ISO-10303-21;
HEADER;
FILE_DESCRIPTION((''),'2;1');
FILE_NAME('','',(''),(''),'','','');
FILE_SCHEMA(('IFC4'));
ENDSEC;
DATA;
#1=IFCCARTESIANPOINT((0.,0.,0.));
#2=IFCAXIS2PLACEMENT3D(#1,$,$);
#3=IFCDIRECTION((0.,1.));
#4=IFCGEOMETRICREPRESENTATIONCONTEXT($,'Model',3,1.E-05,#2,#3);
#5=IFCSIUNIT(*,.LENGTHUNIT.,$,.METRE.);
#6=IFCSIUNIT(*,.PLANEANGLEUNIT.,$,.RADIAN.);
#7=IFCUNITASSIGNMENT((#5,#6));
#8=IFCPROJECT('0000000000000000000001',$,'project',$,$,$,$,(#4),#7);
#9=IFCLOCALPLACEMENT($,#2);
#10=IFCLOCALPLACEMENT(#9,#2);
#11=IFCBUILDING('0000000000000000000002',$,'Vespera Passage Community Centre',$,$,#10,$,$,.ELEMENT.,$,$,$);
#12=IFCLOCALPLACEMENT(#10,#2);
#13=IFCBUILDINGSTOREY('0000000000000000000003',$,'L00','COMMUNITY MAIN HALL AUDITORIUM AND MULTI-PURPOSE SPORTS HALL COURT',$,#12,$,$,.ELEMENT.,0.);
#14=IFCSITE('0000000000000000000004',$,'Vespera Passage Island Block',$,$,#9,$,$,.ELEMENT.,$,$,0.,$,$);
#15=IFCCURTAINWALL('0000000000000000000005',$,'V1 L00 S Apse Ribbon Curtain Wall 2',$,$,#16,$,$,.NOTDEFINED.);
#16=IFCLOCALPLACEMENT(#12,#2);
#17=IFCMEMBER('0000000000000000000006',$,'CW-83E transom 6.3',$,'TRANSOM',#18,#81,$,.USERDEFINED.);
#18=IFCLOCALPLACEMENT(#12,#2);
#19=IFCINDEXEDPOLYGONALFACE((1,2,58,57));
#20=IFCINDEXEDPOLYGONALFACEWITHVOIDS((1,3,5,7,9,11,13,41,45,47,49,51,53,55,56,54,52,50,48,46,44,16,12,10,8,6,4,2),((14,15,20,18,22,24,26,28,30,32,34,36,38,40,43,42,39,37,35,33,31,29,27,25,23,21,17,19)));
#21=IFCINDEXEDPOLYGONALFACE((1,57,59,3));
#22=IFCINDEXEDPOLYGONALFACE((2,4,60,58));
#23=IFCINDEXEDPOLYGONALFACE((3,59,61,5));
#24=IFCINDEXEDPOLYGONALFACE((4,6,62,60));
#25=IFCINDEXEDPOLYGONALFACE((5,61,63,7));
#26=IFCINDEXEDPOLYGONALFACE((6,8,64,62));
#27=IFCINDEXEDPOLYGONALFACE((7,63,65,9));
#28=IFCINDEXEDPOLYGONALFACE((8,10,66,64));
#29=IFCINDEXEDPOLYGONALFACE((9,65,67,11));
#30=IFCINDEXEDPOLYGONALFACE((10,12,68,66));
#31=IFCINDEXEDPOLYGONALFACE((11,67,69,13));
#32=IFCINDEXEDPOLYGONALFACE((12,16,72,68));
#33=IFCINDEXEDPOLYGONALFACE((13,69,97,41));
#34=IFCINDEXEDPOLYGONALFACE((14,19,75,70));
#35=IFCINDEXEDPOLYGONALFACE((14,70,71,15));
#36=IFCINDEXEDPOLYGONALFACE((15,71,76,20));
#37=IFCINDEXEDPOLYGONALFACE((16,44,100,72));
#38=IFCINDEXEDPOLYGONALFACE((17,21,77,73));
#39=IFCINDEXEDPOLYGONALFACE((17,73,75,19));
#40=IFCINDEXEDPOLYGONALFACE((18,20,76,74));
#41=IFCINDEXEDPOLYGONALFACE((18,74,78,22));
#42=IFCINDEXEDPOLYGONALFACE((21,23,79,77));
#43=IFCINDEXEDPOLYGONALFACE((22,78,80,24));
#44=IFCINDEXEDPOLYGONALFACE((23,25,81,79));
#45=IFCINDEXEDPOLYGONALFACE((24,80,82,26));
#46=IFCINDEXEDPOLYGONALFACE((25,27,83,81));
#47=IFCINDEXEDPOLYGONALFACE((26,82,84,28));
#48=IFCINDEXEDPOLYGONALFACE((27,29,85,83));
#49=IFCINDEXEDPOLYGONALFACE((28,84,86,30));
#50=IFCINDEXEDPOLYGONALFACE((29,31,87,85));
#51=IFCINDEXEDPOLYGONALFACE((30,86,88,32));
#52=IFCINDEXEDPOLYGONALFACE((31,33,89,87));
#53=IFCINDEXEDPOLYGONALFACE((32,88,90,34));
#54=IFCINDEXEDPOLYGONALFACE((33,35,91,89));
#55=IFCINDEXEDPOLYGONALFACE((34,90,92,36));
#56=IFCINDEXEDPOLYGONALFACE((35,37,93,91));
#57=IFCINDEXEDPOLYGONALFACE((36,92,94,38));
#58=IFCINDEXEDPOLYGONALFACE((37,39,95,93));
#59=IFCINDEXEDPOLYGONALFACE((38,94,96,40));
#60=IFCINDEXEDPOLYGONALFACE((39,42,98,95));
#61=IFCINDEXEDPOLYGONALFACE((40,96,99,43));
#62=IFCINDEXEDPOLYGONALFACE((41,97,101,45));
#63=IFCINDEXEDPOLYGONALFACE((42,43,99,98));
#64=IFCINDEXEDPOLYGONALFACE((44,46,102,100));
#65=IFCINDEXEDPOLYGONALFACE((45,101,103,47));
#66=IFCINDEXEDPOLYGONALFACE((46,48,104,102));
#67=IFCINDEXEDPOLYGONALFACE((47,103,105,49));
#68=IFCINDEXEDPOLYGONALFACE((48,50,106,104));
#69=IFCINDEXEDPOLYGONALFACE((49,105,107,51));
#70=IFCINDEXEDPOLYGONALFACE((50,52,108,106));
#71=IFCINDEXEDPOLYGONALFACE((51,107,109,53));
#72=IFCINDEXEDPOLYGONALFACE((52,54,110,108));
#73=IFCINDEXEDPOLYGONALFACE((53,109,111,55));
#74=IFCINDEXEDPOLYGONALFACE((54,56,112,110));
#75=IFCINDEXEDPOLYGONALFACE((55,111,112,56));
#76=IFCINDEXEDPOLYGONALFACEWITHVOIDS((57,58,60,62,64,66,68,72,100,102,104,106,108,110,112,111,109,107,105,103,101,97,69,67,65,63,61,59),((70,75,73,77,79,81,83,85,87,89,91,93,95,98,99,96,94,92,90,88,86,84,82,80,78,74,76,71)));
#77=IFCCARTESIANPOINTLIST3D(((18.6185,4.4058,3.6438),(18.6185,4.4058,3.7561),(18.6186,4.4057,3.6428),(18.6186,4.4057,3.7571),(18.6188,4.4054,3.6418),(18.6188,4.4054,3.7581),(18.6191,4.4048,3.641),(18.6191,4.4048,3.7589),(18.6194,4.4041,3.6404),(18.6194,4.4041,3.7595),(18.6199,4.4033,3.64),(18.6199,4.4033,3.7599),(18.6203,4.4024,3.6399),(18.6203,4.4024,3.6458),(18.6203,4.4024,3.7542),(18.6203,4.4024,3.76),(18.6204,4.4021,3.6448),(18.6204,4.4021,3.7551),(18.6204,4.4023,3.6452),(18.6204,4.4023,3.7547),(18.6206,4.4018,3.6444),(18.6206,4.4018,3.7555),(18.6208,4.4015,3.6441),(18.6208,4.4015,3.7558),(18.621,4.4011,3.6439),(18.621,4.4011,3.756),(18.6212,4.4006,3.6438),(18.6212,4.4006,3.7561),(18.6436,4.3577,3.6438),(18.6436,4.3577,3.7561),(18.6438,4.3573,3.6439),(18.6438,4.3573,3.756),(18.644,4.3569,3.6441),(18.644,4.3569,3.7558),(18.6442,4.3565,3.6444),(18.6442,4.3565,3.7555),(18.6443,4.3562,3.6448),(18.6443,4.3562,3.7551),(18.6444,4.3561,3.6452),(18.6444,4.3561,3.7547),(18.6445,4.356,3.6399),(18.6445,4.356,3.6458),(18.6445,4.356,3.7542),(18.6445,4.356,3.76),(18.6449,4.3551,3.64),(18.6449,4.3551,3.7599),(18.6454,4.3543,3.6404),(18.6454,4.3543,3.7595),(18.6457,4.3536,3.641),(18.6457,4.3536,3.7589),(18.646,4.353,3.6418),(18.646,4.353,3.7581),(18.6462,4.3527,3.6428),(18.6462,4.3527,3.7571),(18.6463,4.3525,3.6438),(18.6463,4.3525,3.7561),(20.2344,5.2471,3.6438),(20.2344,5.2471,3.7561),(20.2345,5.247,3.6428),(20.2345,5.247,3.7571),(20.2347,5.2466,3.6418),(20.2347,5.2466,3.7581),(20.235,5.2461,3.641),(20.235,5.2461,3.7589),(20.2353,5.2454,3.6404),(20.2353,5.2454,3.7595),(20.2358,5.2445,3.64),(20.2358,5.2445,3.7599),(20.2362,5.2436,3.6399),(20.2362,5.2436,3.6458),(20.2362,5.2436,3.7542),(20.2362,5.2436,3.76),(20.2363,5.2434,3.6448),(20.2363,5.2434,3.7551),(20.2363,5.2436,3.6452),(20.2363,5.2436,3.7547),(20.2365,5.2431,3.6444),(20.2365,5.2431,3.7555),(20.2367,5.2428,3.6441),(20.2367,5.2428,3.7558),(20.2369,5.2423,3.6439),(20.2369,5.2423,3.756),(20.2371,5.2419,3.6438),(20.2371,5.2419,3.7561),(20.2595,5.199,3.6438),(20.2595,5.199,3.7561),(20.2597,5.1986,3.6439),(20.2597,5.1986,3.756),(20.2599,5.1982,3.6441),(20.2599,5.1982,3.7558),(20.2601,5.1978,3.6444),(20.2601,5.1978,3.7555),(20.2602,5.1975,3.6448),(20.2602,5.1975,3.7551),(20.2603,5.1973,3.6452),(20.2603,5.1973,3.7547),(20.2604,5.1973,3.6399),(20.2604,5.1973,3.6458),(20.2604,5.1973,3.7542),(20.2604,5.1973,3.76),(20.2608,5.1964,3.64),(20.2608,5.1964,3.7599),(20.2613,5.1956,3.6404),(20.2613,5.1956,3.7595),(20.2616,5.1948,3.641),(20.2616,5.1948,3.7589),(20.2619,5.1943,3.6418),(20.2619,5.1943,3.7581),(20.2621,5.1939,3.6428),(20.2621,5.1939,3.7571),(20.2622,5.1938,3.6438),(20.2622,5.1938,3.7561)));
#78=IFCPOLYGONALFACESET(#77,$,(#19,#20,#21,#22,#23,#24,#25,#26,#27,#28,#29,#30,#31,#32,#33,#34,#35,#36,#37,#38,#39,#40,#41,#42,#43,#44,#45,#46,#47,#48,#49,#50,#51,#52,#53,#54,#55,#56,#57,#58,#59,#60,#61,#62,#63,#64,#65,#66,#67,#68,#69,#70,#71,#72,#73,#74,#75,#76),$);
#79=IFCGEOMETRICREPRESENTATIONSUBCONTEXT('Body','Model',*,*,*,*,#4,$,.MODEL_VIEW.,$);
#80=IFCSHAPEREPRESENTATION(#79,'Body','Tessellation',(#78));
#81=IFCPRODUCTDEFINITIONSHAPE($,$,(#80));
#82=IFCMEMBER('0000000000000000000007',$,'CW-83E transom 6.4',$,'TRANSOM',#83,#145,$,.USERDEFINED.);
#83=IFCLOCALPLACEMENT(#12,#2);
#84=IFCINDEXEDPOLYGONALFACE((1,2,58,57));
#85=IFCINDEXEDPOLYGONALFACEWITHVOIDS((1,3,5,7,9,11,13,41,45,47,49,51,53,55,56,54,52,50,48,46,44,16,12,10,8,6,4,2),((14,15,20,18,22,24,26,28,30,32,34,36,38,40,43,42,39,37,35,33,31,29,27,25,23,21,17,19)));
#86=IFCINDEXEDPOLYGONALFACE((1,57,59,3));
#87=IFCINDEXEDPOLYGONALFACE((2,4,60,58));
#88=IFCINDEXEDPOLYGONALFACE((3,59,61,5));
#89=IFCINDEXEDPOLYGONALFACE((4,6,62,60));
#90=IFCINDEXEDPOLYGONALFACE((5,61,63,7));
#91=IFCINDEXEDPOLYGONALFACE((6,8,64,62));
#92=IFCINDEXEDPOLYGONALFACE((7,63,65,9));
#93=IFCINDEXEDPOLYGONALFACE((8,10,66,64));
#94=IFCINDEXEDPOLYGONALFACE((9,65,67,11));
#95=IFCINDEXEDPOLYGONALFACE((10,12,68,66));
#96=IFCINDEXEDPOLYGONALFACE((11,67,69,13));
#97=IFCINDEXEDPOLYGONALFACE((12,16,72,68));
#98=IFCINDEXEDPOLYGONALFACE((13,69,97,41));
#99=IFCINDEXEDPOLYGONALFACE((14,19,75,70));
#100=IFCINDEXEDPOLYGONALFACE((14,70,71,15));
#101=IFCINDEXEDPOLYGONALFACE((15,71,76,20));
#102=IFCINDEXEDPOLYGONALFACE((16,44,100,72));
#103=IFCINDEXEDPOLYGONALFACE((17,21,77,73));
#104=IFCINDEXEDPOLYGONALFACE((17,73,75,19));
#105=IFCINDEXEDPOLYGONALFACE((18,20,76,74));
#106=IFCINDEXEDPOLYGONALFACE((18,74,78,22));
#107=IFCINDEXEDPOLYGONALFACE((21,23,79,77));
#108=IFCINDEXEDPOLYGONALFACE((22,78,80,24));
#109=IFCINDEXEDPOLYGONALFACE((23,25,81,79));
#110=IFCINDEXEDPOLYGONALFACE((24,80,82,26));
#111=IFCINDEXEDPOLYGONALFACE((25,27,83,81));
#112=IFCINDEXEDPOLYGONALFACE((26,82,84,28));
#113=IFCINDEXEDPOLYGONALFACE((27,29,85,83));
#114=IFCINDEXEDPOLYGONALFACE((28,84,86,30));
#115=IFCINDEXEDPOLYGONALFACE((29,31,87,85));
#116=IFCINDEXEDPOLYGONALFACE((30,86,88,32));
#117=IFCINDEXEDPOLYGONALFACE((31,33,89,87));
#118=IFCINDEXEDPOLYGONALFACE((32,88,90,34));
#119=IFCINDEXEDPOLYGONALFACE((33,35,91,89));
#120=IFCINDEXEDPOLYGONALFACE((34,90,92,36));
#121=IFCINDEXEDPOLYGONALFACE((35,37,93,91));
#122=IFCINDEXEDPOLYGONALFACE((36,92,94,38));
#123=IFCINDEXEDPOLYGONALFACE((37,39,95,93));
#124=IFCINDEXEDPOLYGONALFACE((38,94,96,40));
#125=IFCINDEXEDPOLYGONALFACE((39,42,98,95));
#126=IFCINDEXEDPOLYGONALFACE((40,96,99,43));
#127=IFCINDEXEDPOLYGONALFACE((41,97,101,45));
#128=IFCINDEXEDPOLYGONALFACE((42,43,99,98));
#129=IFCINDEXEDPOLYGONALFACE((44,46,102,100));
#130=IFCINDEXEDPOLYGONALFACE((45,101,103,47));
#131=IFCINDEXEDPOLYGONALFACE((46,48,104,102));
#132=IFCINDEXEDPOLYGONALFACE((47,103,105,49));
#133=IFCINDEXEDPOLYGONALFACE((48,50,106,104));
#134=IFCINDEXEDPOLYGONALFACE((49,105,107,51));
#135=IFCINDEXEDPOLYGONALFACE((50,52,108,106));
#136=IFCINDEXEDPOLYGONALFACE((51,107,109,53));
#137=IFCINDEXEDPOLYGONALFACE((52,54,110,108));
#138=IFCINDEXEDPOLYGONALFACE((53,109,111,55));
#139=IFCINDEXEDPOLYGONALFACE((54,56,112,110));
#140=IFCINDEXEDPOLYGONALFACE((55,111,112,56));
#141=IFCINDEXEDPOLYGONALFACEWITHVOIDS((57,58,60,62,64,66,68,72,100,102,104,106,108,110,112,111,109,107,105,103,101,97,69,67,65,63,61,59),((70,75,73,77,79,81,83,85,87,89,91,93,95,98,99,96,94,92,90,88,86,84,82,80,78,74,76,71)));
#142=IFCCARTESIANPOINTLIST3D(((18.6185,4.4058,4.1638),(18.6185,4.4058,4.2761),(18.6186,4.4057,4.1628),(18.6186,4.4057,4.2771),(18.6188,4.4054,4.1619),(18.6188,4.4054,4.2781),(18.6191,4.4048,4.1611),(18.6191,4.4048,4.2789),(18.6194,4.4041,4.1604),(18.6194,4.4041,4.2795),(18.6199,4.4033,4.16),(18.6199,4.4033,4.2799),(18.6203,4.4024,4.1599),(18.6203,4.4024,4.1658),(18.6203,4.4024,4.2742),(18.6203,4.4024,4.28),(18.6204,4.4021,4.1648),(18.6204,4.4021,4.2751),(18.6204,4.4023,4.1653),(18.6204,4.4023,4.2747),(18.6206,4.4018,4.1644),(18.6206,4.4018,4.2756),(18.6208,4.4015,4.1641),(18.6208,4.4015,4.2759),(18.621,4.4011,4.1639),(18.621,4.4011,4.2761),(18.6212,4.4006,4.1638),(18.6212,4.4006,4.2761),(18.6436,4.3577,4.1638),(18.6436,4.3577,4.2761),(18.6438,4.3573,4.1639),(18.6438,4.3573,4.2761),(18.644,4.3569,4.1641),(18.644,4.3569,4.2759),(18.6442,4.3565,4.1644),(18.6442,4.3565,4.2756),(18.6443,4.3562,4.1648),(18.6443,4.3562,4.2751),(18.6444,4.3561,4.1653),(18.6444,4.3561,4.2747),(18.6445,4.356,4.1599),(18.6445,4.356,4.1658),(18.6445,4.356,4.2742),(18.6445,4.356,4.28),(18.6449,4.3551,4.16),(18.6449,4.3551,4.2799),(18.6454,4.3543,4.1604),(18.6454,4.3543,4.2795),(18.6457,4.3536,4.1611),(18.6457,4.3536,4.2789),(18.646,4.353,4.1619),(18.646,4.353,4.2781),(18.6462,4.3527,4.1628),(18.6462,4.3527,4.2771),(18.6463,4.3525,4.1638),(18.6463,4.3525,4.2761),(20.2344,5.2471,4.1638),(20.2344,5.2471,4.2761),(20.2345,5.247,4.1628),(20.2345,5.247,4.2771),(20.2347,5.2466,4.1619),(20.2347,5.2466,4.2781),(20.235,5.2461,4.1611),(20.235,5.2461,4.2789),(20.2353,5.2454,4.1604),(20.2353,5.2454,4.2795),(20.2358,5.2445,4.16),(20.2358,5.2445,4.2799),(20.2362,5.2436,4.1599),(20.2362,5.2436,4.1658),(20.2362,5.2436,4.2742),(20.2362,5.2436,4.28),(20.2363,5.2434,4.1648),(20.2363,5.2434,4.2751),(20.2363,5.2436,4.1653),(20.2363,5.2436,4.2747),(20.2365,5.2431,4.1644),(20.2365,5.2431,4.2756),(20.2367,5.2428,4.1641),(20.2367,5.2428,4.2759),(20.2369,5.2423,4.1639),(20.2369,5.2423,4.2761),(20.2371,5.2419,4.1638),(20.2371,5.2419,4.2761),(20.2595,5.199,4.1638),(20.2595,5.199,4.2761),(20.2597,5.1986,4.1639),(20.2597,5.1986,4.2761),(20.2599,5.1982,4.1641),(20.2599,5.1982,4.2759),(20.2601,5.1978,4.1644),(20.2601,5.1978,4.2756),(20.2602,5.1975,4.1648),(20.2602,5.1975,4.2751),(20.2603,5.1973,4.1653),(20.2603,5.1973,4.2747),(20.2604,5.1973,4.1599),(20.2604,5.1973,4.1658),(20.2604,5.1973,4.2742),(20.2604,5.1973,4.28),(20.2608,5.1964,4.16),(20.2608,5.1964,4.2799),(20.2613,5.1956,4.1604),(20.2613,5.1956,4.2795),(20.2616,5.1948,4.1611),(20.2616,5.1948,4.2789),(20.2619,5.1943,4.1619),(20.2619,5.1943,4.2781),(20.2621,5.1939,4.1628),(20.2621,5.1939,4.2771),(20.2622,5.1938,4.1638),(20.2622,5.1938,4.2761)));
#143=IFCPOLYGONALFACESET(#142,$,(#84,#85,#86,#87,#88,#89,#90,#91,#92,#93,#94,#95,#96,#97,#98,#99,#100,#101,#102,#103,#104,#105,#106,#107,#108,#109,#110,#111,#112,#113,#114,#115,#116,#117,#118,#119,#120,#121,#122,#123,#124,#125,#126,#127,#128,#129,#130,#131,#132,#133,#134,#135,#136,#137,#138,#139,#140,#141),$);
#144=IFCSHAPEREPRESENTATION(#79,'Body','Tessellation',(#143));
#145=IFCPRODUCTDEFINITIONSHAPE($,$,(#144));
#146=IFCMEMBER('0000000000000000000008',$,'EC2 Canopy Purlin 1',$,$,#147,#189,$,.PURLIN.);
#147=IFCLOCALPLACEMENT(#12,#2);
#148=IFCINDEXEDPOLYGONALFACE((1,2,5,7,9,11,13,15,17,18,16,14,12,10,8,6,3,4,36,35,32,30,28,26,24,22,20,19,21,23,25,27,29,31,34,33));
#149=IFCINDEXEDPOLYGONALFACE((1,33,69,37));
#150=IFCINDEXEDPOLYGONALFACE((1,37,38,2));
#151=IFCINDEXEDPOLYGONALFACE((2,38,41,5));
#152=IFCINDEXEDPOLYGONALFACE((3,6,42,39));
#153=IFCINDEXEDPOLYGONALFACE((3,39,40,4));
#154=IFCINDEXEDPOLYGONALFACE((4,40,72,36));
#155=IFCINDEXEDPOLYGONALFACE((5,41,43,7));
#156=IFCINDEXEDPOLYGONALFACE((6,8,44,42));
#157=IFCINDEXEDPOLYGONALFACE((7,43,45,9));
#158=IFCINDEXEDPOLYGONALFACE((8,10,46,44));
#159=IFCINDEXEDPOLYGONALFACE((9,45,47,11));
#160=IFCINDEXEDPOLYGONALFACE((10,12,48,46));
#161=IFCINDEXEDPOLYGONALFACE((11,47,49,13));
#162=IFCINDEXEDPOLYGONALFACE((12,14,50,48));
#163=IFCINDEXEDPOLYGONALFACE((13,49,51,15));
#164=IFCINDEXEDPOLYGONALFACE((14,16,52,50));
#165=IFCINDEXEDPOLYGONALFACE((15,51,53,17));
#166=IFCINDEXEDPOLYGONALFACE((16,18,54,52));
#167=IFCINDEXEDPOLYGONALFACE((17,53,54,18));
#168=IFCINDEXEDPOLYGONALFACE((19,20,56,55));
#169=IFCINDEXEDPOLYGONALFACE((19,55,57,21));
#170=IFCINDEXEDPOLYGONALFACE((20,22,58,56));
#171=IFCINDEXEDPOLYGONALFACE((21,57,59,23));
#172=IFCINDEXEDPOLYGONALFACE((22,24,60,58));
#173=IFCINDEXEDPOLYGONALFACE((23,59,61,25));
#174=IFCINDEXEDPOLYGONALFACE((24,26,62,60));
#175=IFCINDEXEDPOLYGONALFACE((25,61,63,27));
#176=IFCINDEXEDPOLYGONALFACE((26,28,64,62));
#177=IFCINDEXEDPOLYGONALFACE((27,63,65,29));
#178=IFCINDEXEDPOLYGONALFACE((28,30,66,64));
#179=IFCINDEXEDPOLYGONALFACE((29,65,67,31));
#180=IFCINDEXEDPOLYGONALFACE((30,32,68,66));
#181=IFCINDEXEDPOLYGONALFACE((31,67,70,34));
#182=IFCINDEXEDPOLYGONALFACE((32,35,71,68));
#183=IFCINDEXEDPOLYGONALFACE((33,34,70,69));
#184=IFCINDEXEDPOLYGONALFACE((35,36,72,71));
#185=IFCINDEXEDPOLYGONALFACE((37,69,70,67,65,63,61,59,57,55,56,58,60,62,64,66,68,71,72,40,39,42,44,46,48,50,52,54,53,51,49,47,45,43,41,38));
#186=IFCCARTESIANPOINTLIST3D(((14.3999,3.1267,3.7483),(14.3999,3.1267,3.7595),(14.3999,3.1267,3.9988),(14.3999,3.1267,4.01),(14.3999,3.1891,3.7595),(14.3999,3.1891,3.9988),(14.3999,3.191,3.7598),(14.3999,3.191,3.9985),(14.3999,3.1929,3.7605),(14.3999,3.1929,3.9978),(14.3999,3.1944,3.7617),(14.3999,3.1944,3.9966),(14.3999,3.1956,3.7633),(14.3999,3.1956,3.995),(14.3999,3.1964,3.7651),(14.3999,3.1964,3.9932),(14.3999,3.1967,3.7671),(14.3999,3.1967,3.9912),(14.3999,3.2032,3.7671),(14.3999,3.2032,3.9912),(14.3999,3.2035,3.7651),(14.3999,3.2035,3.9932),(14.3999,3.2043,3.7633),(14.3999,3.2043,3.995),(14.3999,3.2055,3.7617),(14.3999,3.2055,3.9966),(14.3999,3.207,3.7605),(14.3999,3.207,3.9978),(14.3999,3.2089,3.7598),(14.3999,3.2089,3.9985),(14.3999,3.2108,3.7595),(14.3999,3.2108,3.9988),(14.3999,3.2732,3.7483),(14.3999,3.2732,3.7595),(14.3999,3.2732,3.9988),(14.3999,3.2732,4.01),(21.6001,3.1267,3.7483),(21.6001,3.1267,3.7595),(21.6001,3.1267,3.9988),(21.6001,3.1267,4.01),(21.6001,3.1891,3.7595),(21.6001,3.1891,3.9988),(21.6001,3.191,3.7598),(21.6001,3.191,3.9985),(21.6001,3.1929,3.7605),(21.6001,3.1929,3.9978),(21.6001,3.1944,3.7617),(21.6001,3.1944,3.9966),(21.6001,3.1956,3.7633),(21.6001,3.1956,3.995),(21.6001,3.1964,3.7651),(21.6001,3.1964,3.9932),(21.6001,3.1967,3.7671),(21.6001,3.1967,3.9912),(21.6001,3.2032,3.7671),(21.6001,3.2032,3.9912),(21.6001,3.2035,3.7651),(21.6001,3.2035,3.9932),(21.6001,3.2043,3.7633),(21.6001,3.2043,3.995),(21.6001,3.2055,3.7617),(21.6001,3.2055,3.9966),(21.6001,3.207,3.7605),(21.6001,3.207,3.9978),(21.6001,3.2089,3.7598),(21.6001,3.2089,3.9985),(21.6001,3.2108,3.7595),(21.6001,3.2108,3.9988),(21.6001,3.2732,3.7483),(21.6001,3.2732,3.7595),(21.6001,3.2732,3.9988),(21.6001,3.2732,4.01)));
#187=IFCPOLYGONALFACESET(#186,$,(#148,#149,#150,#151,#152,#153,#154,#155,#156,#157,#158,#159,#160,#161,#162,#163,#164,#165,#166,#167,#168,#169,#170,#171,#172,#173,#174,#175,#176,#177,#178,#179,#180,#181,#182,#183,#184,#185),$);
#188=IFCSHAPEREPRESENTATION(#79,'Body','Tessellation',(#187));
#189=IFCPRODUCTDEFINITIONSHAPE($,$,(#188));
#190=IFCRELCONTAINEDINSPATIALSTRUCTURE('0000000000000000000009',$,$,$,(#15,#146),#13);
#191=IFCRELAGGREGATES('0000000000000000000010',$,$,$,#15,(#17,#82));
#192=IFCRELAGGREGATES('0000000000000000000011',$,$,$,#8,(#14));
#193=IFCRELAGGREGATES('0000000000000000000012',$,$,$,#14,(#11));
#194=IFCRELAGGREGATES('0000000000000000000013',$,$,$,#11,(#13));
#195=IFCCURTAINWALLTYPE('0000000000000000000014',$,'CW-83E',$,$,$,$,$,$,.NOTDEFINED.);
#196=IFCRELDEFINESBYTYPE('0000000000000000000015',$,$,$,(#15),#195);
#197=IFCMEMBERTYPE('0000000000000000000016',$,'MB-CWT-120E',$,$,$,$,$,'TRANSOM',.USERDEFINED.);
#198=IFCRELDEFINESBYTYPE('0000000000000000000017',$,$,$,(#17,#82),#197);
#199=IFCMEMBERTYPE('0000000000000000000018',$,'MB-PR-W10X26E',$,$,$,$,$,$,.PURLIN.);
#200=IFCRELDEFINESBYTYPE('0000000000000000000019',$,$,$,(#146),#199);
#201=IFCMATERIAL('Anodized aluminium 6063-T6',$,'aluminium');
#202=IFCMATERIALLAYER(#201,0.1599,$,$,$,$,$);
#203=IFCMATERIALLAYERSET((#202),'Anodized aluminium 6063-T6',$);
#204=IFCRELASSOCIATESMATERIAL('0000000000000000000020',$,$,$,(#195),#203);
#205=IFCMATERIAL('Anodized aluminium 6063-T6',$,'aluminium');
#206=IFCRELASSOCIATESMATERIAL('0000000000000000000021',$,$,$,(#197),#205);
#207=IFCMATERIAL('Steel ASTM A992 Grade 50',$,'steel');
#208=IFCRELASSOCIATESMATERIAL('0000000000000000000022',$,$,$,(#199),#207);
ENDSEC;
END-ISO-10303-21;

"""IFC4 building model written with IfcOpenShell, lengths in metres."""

from ifc_helpers import new_model, si_unit, direction, frame, origin, origin_2d, place, context, subcontext, project, spatial, hollow_rectangle, i_section, extrude, material, layer, layer_set, material_profile, profile_set, type_object, element, aggregate, save


model = new_model("IFC4")

# Units and contexts
model_context = context("Model", 3, precision=1e-05, world=origin(), true_north=direction((0.0, 1.0)))
body_context = subcontext(model_context, "Body", "Model", "MODEL_VIEW")
ifc_project = project(units=[si_unit("LENGTHUNIT", "METRE"), si_unit("PLANEANGLEUNIT", "RADIAN")], contexts=[model_context])

# Site, building, storey
site_placement = place(None, origin())
site = spatial("IfcSite", under=ifc_project, at=site_placement, Name="Vespera Passage Island Block", CompositionType="ELEMENT", RefElevation=0.0)
building_placement = place(site_placement, origin())
building = spatial("IfcBuilding", under=site, at=building_placement, Name="Vespera Passage Community Centre", CompositionType="ELEMENT")
storey_placement = place(building_placement, origin())
storey = spatial("IfcBuildingStorey", under=building, at=storey_placement, Name="L00", Description="COMMUNITY MAIN HALL AUDITORIUM AND MULTI-PURPOSE SPORTS HALL COURT", CompositionType="ELEMENT", Elevation=0.0)

# Curtain wall, members
ifc_material_1 = material(Name="Anodized aluminium 6063-T6", Category="aluminium")
ifc_layer_1 = layer(ifc_material_1, 0.1599)
ifc_layer_set_1 = layer_set([ifc_layer_1], Name="Anodized aluminium 6063-T6")
curtain_wall_type = type_object("IfcCurtainWallType", Name="CW-83E", PredefinedType="NOTDEFINED", material=ifc_layer_set_1)
curtain_wall_placement = place(storey_placement, origin())
curtain_wall = element("IfcCurtainWall", 1, at=curtain_wall_placement, inside=storey, type_object=curtain_wall_type, Name="V1 L00 S Apse Ribbon Curtain Wall 2", PredefinedType="NOTDEFINED")
ifc_material_2 = material(Name="Anodized aluminium 6063-T6", Category="aluminium")
ifc_material_profile_1 = material_profile(ifc_material_2, hollow_rectangle(XDim=0.0601, YDim=0.1201, WallThickness=0.0039, InnerFilletRadius=0.002, OuterFilletRadius=0.0039, at=origin_2d()), Name="ALU120X60X4")
ifc_profile_set_1 = profile_set([ifc_material_profile_1], Name="Anodized aluminium 6063-T6")
member_type_1 = type_object("IfcMemberType", Name="MB-CWT-120E", ElementType="TRANSOM", PredefinedType="USERDEFINED", material=ifc_profile_set_1)
member_1_placement = place(storey_placement, frame((20.2483, 5.2205, 3.7), z_axis=(-0.886991, -0.461787, 0.0), x_axis=(0.461787, -0.886991, 0.0)))
member_1 = element("IfcMember", 2, at=member_1_placement, type_object=member_type_1, Name="CW-83E transom 6.3", ObjectType="TRANSOM", PredefinedType="USERDEFINED", context=body_context, shape_type="SweptSolid", body=[
    extrude(hollow_rectangle(XDim=0.0601, YDim=0.1201, WallThickness=0.0039, InnerFilletRadius=0.002, OuterFilletRadius=0.0039, at=origin_2d()), origin(), (0.0, 0.0, 1.0), 1.8218),
])
member_2_placement = place(storey_placement, frame((20.2483, 5.2205, 4.22), z_axis=(-0.886991, -0.461787, 0.0), x_axis=(0.461787, -0.886991, 0.0)))
member_2 = element("IfcMember", 3, at=member_2_placement, type_object=member_type_1, Name="CW-83E transom 6.4", ObjectType="TRANSOM", PredefinedType="USERDEFINED", context=body_context, shape_type="SweptSolid", body=[
    extrude(hollow_rectangle(XDim=0.0601, YDim=0.1201, WallThickness=0.0039, InnerFilletRadius=0.002, OuterFilletRadius=0.0039, at=origin_2d()), origin(), (0.0, 0.0, 1.0), 1.8218),
])

# Member
ifc_material_3 = material(Name="Steel ASTM A992 Grade 50", Category="steel")
ifc_material_profile_2 = material_profile(ifc_material_3, i_section(OverallWidth=0.1465, OverallDepth=0.2617, WebThickness=0.0066, FlangeThickness=0.0112, FilletRadius=0.0076, at=origin_2d()), Name="W10X26")
ifc_profile_set_2 = profile_set([ifc_material_profile_2], Name="Steel ASTM A992 Grade 50")
member_type_2 = type_object("IfcMemberType", Name="MB-PR-W10X26E", PredefinedType="PURLIN", material=ifc_profile_set_2)
member_3_placement = place(storey_placement, frame((14.3999, 3.2, 3.8792), z_axis=(1.0, 0.0, 0.0), x_axis=(0.0, 1.0, 0.0)))
element("IfcMember", 4, at=member_3_placement, inside=storey, type_object=member_type_2, Name="EC2 Canopy Purlin 1", PredefinedType="PURLIN", context=body_context, shape_type="SweptSolid", body=[
    extrude(i_section(OverallWidth=0.1465, OverallDepth=0.2617, WebThickness=0.0066, FlangeThickness=0.0112, FilletRadius=0.0076, at=origin_2d()), origin(), (0.0, 0.0, 1.0), 7.2002),
])

aggregate(curtain_wall, [member_1, member_2])

save(model, "model.ifc")
